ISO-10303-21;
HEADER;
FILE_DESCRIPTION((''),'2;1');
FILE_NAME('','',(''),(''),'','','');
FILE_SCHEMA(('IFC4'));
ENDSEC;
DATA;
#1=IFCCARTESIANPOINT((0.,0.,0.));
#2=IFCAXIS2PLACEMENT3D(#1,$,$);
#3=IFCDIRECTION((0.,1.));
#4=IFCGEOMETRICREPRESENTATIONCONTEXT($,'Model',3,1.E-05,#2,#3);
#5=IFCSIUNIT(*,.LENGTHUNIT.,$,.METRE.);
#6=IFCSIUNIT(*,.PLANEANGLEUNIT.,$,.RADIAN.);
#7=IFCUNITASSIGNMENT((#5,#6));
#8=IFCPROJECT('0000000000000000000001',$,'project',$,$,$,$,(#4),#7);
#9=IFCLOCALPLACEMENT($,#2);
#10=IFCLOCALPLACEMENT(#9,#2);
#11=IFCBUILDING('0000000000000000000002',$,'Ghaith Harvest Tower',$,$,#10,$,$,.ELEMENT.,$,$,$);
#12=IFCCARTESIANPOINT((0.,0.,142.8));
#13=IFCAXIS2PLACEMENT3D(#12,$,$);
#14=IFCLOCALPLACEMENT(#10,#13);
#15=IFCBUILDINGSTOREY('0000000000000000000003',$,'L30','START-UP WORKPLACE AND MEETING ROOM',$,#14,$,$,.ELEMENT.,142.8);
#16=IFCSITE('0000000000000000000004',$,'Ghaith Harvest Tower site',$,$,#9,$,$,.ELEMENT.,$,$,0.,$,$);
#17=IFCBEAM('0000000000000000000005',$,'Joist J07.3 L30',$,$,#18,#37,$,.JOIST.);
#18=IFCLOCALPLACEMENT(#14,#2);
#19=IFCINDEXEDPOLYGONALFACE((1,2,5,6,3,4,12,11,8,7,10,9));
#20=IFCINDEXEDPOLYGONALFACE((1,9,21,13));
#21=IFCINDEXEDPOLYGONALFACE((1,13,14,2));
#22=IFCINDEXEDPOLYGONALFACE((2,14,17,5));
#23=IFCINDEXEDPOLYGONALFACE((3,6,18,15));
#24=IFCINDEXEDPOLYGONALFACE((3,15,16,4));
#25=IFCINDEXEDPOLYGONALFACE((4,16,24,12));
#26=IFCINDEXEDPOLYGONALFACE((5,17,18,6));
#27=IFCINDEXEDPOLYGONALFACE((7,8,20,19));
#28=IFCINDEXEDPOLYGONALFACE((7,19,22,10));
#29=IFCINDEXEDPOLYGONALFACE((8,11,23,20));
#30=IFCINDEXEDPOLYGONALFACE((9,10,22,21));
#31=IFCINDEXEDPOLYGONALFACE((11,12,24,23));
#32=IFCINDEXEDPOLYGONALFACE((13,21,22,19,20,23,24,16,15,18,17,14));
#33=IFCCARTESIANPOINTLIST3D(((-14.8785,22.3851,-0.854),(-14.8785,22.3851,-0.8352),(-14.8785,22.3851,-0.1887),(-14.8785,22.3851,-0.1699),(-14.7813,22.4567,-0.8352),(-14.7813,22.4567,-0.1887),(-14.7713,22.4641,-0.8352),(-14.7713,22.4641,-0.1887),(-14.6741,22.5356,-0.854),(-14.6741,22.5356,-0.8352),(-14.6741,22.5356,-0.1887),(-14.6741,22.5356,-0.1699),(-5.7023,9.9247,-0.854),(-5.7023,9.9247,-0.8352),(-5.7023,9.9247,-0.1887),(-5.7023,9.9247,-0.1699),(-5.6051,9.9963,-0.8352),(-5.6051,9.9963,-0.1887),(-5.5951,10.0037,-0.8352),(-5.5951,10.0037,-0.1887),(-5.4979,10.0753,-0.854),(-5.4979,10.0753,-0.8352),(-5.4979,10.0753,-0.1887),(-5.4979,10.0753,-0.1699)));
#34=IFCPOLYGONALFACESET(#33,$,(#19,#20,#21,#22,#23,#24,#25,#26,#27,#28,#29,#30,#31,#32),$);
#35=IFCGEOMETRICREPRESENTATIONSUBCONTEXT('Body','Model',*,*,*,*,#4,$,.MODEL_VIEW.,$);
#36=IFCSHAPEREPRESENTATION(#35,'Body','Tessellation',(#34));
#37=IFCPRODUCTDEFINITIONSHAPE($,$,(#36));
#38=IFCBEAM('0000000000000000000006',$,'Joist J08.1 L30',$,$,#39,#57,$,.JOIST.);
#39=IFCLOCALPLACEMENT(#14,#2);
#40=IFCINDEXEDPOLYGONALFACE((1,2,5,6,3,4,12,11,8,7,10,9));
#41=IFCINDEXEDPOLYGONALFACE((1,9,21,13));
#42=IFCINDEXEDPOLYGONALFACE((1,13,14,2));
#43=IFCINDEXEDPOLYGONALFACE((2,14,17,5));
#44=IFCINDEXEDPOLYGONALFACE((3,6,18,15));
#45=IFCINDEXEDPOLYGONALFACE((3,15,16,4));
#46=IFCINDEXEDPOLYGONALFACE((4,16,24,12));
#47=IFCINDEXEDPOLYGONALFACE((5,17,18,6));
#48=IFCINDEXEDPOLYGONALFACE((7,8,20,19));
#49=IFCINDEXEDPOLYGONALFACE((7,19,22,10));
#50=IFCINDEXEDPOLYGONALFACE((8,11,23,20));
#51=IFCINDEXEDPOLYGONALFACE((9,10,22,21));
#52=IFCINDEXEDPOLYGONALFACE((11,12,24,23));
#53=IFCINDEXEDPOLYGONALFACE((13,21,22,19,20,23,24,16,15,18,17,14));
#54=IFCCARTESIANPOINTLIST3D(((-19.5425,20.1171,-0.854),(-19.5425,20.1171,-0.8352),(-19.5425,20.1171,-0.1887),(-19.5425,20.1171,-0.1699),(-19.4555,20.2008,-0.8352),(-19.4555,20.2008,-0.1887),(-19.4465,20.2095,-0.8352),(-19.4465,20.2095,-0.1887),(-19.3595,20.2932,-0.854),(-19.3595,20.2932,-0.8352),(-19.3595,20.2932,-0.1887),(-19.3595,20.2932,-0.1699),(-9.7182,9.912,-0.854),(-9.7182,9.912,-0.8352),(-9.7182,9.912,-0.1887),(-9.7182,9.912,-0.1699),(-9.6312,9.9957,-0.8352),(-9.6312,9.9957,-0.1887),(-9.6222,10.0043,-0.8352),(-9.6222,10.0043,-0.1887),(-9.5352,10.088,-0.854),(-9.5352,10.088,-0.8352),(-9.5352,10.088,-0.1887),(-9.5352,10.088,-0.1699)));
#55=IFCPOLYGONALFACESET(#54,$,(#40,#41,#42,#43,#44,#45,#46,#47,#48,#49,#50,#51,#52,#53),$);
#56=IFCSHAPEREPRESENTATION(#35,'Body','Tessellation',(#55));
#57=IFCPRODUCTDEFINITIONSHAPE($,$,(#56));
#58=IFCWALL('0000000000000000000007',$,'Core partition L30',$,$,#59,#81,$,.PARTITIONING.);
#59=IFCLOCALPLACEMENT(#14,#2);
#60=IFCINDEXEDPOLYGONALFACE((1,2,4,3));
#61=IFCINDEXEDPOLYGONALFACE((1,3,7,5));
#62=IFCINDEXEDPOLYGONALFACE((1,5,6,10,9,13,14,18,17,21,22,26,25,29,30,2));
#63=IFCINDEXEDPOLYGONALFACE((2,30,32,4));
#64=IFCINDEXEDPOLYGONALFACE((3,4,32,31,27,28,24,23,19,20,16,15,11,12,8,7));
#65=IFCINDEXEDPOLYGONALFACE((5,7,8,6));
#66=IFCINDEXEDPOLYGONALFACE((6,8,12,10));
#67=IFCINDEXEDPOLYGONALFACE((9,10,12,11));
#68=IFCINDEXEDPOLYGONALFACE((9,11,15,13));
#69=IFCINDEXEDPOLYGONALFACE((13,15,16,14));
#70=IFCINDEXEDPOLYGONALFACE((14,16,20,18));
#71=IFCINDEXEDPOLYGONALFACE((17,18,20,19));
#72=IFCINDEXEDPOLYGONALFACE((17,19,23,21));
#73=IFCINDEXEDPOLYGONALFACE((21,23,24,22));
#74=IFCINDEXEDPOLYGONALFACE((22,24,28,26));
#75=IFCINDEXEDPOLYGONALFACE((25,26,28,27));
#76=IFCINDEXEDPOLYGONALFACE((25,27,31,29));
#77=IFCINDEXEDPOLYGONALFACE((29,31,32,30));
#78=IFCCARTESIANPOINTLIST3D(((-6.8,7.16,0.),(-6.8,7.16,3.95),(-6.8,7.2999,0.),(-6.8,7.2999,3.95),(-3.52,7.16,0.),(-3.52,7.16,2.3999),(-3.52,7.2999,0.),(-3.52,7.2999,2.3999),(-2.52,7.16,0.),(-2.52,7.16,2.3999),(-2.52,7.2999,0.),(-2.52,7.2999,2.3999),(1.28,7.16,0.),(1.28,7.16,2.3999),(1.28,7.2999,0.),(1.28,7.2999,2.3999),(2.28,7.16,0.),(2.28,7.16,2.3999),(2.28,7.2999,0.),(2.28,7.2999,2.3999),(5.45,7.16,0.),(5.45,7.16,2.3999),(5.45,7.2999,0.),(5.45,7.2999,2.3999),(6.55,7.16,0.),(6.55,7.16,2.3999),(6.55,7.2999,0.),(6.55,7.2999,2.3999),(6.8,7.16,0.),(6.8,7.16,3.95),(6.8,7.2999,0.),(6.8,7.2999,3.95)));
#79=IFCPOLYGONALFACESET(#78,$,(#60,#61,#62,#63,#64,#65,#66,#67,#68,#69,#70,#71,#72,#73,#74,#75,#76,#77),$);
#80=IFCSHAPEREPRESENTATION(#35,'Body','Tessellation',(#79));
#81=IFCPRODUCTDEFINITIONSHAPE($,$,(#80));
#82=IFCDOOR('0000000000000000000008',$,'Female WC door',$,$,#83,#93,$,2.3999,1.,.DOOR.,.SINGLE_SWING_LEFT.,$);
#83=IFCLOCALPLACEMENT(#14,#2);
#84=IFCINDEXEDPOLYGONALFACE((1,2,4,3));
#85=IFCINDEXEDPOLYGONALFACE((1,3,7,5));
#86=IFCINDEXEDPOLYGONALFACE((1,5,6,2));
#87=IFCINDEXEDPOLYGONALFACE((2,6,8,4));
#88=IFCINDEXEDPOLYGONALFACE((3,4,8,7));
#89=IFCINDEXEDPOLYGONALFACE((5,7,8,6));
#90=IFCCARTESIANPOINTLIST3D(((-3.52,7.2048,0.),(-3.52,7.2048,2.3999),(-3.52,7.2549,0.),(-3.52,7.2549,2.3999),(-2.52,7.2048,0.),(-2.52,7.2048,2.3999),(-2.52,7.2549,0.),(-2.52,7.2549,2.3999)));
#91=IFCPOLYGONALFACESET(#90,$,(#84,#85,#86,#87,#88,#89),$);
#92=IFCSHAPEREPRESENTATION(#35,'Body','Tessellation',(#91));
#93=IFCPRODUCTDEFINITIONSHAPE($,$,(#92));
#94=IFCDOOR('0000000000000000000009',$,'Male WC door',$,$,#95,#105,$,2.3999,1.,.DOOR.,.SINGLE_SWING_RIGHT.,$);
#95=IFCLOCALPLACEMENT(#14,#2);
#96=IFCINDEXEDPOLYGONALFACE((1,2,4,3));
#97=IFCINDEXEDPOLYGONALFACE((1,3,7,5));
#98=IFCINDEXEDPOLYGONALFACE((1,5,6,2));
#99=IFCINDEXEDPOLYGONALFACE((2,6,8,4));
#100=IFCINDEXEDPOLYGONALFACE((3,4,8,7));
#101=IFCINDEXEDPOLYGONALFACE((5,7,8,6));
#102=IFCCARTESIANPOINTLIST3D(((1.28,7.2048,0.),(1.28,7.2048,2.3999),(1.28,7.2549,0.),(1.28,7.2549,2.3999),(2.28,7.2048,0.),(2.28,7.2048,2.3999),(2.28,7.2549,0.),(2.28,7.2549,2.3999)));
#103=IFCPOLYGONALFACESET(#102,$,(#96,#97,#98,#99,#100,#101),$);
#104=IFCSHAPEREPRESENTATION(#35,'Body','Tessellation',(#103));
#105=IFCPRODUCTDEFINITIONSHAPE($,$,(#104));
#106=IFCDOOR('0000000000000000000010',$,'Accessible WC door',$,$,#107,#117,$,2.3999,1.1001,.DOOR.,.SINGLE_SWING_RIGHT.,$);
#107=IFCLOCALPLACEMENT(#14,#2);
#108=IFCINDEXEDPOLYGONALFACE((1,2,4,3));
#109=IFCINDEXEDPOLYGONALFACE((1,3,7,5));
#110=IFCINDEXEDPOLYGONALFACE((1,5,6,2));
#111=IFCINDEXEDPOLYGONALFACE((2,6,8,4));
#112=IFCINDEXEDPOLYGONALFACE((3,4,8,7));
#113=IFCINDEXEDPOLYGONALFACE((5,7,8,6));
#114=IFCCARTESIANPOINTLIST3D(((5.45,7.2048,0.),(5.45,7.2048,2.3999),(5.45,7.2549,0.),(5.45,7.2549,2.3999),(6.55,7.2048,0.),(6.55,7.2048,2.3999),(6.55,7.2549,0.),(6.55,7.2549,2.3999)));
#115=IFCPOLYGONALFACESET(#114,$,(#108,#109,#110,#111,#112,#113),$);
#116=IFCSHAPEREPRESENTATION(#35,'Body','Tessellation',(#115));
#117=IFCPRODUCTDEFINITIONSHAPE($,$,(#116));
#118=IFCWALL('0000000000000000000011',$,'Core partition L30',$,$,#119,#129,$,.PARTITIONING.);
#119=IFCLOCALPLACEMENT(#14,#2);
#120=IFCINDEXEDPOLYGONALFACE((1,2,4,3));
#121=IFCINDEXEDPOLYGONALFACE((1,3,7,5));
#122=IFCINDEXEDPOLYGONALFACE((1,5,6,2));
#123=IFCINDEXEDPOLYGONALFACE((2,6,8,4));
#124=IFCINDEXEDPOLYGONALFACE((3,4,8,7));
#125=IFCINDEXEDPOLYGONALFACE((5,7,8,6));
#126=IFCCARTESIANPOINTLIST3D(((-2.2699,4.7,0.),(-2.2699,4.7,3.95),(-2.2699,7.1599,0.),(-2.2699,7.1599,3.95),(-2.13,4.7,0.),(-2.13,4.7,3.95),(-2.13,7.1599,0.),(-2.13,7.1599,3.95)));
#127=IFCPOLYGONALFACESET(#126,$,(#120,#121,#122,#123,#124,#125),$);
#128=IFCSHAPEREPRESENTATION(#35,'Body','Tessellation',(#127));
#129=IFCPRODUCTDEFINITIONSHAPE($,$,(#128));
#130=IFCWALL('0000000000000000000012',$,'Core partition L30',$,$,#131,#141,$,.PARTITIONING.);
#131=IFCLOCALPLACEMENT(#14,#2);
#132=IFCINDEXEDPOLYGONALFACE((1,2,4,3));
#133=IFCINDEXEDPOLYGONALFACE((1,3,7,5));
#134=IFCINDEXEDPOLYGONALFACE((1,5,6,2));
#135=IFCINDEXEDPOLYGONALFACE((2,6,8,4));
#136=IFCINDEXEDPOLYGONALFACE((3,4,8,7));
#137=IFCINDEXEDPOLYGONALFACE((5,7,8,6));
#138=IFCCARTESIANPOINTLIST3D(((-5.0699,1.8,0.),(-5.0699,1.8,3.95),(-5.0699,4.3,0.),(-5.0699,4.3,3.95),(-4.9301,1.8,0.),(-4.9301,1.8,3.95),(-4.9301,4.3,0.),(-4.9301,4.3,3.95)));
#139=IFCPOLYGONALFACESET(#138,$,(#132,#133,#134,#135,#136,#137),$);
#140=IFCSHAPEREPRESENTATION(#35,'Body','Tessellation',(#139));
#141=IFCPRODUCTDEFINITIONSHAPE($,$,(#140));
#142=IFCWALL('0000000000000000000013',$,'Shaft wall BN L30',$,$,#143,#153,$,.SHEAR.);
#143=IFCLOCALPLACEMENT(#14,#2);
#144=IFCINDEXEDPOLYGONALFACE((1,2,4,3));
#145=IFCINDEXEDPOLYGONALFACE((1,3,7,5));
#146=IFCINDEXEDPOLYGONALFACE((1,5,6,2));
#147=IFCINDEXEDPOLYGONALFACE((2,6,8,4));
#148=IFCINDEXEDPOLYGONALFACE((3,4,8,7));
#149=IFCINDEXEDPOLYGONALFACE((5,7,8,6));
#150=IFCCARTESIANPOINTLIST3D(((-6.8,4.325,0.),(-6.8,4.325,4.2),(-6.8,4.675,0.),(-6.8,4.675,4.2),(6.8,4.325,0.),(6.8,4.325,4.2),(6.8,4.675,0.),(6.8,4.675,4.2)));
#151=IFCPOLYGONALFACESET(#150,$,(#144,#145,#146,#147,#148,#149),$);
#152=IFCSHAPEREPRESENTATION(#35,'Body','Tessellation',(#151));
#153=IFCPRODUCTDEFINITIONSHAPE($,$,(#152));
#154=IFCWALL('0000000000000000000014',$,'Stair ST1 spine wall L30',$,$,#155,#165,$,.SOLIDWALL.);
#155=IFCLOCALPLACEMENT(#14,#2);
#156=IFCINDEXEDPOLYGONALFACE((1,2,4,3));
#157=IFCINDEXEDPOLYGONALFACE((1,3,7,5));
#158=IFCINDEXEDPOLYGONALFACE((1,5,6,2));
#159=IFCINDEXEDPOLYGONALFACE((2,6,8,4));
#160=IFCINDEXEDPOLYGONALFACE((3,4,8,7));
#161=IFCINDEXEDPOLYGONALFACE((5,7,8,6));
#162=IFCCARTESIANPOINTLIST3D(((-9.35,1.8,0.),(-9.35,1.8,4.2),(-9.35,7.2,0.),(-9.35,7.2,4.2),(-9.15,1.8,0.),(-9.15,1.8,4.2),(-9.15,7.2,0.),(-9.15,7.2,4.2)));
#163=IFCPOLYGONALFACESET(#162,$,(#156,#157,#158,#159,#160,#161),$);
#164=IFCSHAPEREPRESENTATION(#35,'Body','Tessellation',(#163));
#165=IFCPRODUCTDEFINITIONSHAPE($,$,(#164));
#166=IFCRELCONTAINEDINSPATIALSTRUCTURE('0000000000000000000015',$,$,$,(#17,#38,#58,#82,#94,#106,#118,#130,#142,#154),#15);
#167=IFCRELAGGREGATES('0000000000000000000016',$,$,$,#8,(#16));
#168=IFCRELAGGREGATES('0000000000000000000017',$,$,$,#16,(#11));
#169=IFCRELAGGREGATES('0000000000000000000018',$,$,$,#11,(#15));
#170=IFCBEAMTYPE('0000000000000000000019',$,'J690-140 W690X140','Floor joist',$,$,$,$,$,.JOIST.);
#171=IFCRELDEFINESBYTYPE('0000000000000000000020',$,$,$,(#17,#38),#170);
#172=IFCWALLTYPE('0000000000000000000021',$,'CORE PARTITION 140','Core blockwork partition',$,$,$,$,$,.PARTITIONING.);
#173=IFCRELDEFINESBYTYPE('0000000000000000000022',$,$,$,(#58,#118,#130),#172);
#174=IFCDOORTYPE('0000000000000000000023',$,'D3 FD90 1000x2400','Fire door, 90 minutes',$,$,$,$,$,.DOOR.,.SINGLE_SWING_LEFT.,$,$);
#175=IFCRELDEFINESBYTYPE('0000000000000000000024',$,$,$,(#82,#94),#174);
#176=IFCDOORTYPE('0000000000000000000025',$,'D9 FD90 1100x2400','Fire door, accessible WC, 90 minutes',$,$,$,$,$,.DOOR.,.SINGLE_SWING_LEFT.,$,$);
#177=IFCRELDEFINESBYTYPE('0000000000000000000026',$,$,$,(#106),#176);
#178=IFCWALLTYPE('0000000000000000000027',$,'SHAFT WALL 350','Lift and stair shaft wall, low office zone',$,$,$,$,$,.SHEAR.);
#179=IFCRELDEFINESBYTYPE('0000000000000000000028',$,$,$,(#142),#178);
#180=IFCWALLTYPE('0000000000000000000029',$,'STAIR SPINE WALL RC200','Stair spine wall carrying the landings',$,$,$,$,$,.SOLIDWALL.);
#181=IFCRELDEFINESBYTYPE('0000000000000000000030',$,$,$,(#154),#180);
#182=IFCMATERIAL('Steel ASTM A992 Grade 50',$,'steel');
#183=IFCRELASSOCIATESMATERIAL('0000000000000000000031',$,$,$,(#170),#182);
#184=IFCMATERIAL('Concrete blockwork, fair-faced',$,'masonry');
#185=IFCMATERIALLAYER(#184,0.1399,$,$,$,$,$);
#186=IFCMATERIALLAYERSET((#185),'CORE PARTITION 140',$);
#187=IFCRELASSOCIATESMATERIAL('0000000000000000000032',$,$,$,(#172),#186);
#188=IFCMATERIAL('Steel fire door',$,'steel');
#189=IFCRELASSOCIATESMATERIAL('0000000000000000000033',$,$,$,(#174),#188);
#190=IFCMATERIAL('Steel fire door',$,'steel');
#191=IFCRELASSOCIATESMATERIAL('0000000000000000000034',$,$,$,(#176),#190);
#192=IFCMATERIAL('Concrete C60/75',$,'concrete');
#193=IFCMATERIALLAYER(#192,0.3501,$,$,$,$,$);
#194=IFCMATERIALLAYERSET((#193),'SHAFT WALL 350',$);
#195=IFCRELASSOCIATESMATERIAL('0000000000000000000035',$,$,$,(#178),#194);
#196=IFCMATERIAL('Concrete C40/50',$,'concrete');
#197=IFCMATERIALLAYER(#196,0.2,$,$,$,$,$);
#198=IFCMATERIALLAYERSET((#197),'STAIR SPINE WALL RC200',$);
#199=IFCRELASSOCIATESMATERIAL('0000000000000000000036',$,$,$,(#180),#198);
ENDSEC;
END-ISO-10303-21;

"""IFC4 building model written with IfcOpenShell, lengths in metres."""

from ifc_helpers import new_model, si_unit, direction, frame, frame_2d, origin, origin_2d, place, context, subcontext, project, spatial, rectangle, i_section, extrude, material, layer, layer_set, material_profile, profile_set, type_object, element, fill, save


model = new_model("IFC4")

# Units and contexts
model_context = context("Model", 3, precision=1e-05, world=origin(), true_north=direction((0.0, 1.0)))
body_context = subcontext(model_context, "Body", "Model", "MODEL_VIEW")
ifc_project = project(units=[si_unit("LENGTHUNIT", "METRE"), si_unit("PLANEANGLEUNIT", "RADIAN")], contexts=[model_context])

# Site, building, storey
site_placement = place(None, origin())
site = spatial("IfcSite", under=ifc_project, at=site_placement, Name="Ghaith Harvest Tower site", CompositionType="ELEMENT", RefElevation=0.0)
building_placement = place(site_placement, origin())
building = spatial("IfcBuilding", under=site, at=building_placement, Name="Ghaith Harvest Tower", CompositionType="ELEMENT")
storey_placement = place(building_placement, frame((0.0, 0.0, 142.8)))
storey = spatial("IfcBuildingStorey", under=building, at=storey_placement, Name="L30", Description="START-UP WORKPLACE AND MEETING ROOM", CompositionType="ELEMENT", Elevation=142.8)

# Beams
ifc_material_1 = material(Name="Steel ASTM A992 Grade 50", Category="steel")
ifc_material_profile_1 = material_profile(ifc_material_1, i_section(OverallWidth=0.2539, OverallDepth=0.6841, WebThickness=0.0125, FlangeThickness=0.0188, at=origin_2d()), Name="W690X140")
ifc_profile_set_1 = profile_set([ifc_material_profile_1], Name="Steel ASTM A992 Grade 50")
beam_type_1 = type_object("IfcBeamType", Name="J690-140 W690X140", Description="Floor joist", PredefinedType="JOIST", material=ifc_profile_set_1)
beam_1_placement = place(storey_placement, frame((-5.6001, 10.0, -0.512), z_axis=(-0.592985, 0.805214, 0.0), x_axis=(-0.805214, -0.592985, 0.0)))
element("IfcBeam", 1, at=beam_1_placement, inside=storey, type_object=beam_type_1, Name="Joist J07.3 L30", PredefinedType="JOIST", context=body_context, shape_type="SweptSolid", body=[
    extrude(i_section(OverallWidth=0.2539, OverallDepth=0.6841, WebThickness=0.0125, FlangeThickness=0.0188, at=origin_2d()), origin(), (0.0, 0.0, 1.0), 15.4746),
])
beam_2_placement = place(storey_placement, frame((-9.6267, 10.0, -0.512), z_axis=(-0.693536, 0.720422, 0.0), x_axis=(-0.720422, -0.693536, 0.0)))
element("IfcBeam", 2, at=beam_2_placement, inside=storey, type_object=beam_type_1, Name="Joist J08.1 L30", PredefinedType="JOIST", context=body_context, shape_type="SweptSolid", body=[
    extrude(i_section(OverallWidth=0.2539, OverallDepth=0.6841, WebThickness=0.0125, FlangeThickness=0.0188, at=origin_2d()), origin(), (0.0, 0.0, 1.0), 14.1655),
])

# Wall, openings, doors
ifc_material_2 = material(Name="Concrete blockwork, fair-faced", Category="masonry")
ifc_layer_1 = layer(ifc_material_2, 0.1399)
ifc_layer_set_1 = layer_set([ifc_layer_1], Name="CORE PARTITION 140")
wall_type_1 = type_object("IfcWallType", Name="CORE PARTITION 140", Description="Core blockwork partition", PredefinedType="PARTITIONING", material=ifc_layer_set_1)
wall_1_placement = place(storey_placement, frame((-6.8, 7.23, 0.0), z_axis=(0.0, 0.0, 1.0), x_axis=(1.0, 0.0, 0.0)))
wall_1 = element("IfcWall", 3, at=wall_1_placement, inside=storey, type_object=wall_type_1, Name="Core partition L30", PredefinedType="PARTITIONING", context=body_context, shape_type="SweptSolid", body=[
    extrude(rectangle(XDim=13.6001, YDim=0.1399, at=frame_2d((6.8, 0.0))), origin(), (0.0, 0.0, 1.0), 3.95),
])
opening_1_placement = place(wall_1_placement, frame((3.28, 0.0, 0.0)))
opening_1 = element("IfcOpeningElement", 4, at=opening_1_placement, cuts=wall_1, PredefinedType="OPENING", context=body_context, shape_type="SweptSolid", body=[
    extrude(rectangle(XDim=1.0, YDim=2.3999, at=frame_2d((0.5, 1.2))), frame((0.0, 0.0801, 0.0), z_axis=(0.0, -1.0, 0.0), x_axis=(1.0, 0.0, 0.0)), (0.0, 0.0, 1.0), 0.1599),
])
opening_2_placement = place(wall_1_placement, frame((8.0801, 0.0, 0.0)))
opening_2 = element("IfcOpeningElement", 5, at=opening_2_placement, cuts=wall_1, PredefinedType="OPENING", context=body_context, shape_type="SweptSolid", body=[
    extrude(rectangle(XDim=1.0, YDim=2.3999, at=frame_2d((0.5, 1.2))), frame((0.0, 0.0801, 0.0), z_axis=(0.0, -1.0, 0.0), x_axis=(1.0, 0.0, 0.0)), (0.0, 0.0, 1.0), 0.1599),
])
opening_3_placement = place(wall_1_placement, frame((12.25, 0.0, 0.0)))
opening_3 = element("IfcOpeningElement", 6, at=opening_3_placement, cuts=wall_1, PredefinedType="OPENING", context=body_context, shape_type="SweptSolid", body=[
    extrude(rectangle(XDim=1.1001, YDim=2.3999, at=frame_2d((0.55, 1.2))), frame((0.0, 0.0801, 0.0), z_axis=(0.0, -1.0, 0.0), x_axis=(1.0, 0.0, 0.0)), (0.0, 0.0, 1.0), 0.1599),
])
ifc_material_3 = material(Name="Steel fire door", Category="steel")
door_type_1 = type_object("IfcDoorType", Name="D3 FD90 1000x2400", Description="Fire door, 90 minutes", OperationType="SINGLE_SWING_LEFT", PredefinedType="DOOR", material=ifc_material_3)
door_1_placement = place(opening_1_placement, origin())
door_1 = element("IfcDoor", 7, at=door_1_placement, inside=storey, type_object=door_type_1, Name="Female WC door", OperationType="SINGLE_SWING_LEFT", OverallHeight=2.3999, OverallWidth=1.0, PredefinedType="DOOR", context=body_context, shape_type="SweptSolid", body=[
    extrude(rectangle(XDim=1.0, YDim=2.3999, at=frame_2d((0.5, 1.2))), frame((0.0, 0.0249, 0.0), z_axis=(0.0, -1.0, 0.0), x_axis=(1.0, 0.0, 0.0)), (0.0, 0.0, 1.0), 0.05),
])
fill(opening_1, door_1)
door_2_placement = place(opening_2_placement, origin())
door_2 = element("IfcDoor", 8, at=door_2_placement, inside=storey, type_object=door_type_1, Name="Male WC door", OperationType="SINGLE_SWING_RIGHT", OverallHeight=2.3999, OverallWidth=1.0, PredefinedType="DOOR", context=body_context, shape_type="SweptSolid", body=[
    extrude(rectangle(XDim=1.0, YDim=2.3999, at=frame_2d((0.5, 1.2))), frame((0.0, 0.0249, 0.0), z_axis=(0.0, -1.0, 0.0), x_axis=(1.0, 0.0, 0.0)), (0.0, 0.0, 1.0), 0.05),
])
fill(opening_2, door_2)
ifc_material_4 = material(Name="Steel fire door", Category="steel")
door_type_2 = type_object("IfcDoorType", Name="D9 FD90 1100x2400", Description="Fire door, accessible WC, 90 minutes", OperationType="SINGLE_SWING_LEFT", PredefinedType="DOOR", material=ifc_material_4)
door_3_placement = place(opening_3_placement, origin())
door_3 = element("IfcDoor", 9, at=door_3_placement, inside=storey, type_object=door_type_2, Name="Accessible WC door", OperationType="SINGLE_SWING_RIGHT", OverallHeight=2.3999, OverallWidth=1.1001, PredefinedType="DOOR", context=body_context, shape_type="SweptSolid", body=[
    extrude(rectangle(XDim=1.1001, YDim=2.3999, at=frame_2d((0.55, 1.2))), frame((0.0, 0.0249, 0.0), z_axis=(0.0, -1.0, 0.0), x_axis=(1.0, 0.0, 0.0)), (0.0, 0.0, 1.0), 0.05),
])
fill(opening_3, door_3)

# Walls
wall_2_placement = place(storey_placement, frame((-2.2, 4.7, 0.0), z_axis=(0.0, 0.0, 1.0), x_axis=(0.0, 1.0, 0.0)))
element("IfcWall", 10, at=wall_2_placement, inside=storey, type_object=wall_type_1, Name="Core partition L30", PredefinedType="PARTITIONING", context=body_context, shape_type="SweptSolid", body=[
    extrude(rectangle(XDim=2.46, YDim=0.1399, at=frame_2d((1.23, 0.0))), origin(), (0.0, 0.0, 1.0), 3.95),
])
wall_3_placement = place(storey_placement, frame((-5.0, 1.8, 0.0), z_axis=(0.0, 0.0, 1.0), x_axis=(0.0, 1.0, 0.0)))
element("IfcWall", 11, at=wall_3_placement, inside=storey, type_object=wall_type_1, Name="Core partition L30", PredefinedType="PARTITIONING", context=body_context, shape_type="SweptSolid", body=[
    extrude(rectangle(XDim=2.5, YDim=0.1399, at=frame_2d((1.25, 0.0))), origin(), (0.0, 0.0, 1.0), 3.95),
])
ifc_material_5 = material(Name="Concrete C60/75", Category="concrete")
ifc_layer_2 = layer(ifc_material_5, 0.3501)
ifc_layer_set_2 = layer_set([ifc_layer_2], Name="SHAFT WALL 350")
wall_type_2 = type_object("IfcWallType", Name="SHAFT WALL 350", Description="Lift and stair shaft wall, low office zone", PredefinedType="SHEAR", material=ifc_layer_set_2)
wall_4_placement = place(storey_placement, frame((-6.8, 4.5, 0.0), z_axis=(0.0, 0.0, 1.0), x_axis=(1.0, 0.0, 0.0)))
element("IfcWall", 12, at=wall_4_placement, inside=storey, type_object=wall_type_2, Name="Shaft wall BN L30", PredefinedType="SHEAR", context=body_context, shape_type="SweptSolid", body=[
    extrude(rectangle(XDim=13.6001, YDim=0.3501, at=frame_2d((6.8, 0.0))), origin(), (0.0, 0.0, 1.0), 4.2),
])
ifc_material_6 = material(Name="Concrete C40/50", Category="concrete")
ifc_layer_3 = layer(ifc_material_6, 0.2)
ifc_layer_set_3 = layer_set([ifc_layer_3], Name="STAIR SPINE WALL RC200")
wall_type_3 = type_object("IfcWallType", Name="STAIR SPINE WALL RC200", Description="Stair spine wall carrying the landings", PredefinedType="SOLIDWALL", material=ifc_layer_set_3)
wall_5_placement = place(storey_placement, frame((-9.25, 7.2, 0.0), z_axis=(0.0, 0.0, 1.0), x_axis=(0.0, -1.0, 0.0)))
element("IfcWall", 13, at=wall_5_placement, inside=storey, type_object=wall_type_3, Name="Stair ST1 spine wall L30", PredefinedType="SOLIDWALL", context=body_context, shape_type="SweptSolid", body=[
    extrude(rectangle(XDim=5.3999, YDim=0.2, at=frame_2d((2.7, 0.0))), origin(), (0.0, 0.0, 1.0), 4.2),
])

save(model, "model.ifc")
